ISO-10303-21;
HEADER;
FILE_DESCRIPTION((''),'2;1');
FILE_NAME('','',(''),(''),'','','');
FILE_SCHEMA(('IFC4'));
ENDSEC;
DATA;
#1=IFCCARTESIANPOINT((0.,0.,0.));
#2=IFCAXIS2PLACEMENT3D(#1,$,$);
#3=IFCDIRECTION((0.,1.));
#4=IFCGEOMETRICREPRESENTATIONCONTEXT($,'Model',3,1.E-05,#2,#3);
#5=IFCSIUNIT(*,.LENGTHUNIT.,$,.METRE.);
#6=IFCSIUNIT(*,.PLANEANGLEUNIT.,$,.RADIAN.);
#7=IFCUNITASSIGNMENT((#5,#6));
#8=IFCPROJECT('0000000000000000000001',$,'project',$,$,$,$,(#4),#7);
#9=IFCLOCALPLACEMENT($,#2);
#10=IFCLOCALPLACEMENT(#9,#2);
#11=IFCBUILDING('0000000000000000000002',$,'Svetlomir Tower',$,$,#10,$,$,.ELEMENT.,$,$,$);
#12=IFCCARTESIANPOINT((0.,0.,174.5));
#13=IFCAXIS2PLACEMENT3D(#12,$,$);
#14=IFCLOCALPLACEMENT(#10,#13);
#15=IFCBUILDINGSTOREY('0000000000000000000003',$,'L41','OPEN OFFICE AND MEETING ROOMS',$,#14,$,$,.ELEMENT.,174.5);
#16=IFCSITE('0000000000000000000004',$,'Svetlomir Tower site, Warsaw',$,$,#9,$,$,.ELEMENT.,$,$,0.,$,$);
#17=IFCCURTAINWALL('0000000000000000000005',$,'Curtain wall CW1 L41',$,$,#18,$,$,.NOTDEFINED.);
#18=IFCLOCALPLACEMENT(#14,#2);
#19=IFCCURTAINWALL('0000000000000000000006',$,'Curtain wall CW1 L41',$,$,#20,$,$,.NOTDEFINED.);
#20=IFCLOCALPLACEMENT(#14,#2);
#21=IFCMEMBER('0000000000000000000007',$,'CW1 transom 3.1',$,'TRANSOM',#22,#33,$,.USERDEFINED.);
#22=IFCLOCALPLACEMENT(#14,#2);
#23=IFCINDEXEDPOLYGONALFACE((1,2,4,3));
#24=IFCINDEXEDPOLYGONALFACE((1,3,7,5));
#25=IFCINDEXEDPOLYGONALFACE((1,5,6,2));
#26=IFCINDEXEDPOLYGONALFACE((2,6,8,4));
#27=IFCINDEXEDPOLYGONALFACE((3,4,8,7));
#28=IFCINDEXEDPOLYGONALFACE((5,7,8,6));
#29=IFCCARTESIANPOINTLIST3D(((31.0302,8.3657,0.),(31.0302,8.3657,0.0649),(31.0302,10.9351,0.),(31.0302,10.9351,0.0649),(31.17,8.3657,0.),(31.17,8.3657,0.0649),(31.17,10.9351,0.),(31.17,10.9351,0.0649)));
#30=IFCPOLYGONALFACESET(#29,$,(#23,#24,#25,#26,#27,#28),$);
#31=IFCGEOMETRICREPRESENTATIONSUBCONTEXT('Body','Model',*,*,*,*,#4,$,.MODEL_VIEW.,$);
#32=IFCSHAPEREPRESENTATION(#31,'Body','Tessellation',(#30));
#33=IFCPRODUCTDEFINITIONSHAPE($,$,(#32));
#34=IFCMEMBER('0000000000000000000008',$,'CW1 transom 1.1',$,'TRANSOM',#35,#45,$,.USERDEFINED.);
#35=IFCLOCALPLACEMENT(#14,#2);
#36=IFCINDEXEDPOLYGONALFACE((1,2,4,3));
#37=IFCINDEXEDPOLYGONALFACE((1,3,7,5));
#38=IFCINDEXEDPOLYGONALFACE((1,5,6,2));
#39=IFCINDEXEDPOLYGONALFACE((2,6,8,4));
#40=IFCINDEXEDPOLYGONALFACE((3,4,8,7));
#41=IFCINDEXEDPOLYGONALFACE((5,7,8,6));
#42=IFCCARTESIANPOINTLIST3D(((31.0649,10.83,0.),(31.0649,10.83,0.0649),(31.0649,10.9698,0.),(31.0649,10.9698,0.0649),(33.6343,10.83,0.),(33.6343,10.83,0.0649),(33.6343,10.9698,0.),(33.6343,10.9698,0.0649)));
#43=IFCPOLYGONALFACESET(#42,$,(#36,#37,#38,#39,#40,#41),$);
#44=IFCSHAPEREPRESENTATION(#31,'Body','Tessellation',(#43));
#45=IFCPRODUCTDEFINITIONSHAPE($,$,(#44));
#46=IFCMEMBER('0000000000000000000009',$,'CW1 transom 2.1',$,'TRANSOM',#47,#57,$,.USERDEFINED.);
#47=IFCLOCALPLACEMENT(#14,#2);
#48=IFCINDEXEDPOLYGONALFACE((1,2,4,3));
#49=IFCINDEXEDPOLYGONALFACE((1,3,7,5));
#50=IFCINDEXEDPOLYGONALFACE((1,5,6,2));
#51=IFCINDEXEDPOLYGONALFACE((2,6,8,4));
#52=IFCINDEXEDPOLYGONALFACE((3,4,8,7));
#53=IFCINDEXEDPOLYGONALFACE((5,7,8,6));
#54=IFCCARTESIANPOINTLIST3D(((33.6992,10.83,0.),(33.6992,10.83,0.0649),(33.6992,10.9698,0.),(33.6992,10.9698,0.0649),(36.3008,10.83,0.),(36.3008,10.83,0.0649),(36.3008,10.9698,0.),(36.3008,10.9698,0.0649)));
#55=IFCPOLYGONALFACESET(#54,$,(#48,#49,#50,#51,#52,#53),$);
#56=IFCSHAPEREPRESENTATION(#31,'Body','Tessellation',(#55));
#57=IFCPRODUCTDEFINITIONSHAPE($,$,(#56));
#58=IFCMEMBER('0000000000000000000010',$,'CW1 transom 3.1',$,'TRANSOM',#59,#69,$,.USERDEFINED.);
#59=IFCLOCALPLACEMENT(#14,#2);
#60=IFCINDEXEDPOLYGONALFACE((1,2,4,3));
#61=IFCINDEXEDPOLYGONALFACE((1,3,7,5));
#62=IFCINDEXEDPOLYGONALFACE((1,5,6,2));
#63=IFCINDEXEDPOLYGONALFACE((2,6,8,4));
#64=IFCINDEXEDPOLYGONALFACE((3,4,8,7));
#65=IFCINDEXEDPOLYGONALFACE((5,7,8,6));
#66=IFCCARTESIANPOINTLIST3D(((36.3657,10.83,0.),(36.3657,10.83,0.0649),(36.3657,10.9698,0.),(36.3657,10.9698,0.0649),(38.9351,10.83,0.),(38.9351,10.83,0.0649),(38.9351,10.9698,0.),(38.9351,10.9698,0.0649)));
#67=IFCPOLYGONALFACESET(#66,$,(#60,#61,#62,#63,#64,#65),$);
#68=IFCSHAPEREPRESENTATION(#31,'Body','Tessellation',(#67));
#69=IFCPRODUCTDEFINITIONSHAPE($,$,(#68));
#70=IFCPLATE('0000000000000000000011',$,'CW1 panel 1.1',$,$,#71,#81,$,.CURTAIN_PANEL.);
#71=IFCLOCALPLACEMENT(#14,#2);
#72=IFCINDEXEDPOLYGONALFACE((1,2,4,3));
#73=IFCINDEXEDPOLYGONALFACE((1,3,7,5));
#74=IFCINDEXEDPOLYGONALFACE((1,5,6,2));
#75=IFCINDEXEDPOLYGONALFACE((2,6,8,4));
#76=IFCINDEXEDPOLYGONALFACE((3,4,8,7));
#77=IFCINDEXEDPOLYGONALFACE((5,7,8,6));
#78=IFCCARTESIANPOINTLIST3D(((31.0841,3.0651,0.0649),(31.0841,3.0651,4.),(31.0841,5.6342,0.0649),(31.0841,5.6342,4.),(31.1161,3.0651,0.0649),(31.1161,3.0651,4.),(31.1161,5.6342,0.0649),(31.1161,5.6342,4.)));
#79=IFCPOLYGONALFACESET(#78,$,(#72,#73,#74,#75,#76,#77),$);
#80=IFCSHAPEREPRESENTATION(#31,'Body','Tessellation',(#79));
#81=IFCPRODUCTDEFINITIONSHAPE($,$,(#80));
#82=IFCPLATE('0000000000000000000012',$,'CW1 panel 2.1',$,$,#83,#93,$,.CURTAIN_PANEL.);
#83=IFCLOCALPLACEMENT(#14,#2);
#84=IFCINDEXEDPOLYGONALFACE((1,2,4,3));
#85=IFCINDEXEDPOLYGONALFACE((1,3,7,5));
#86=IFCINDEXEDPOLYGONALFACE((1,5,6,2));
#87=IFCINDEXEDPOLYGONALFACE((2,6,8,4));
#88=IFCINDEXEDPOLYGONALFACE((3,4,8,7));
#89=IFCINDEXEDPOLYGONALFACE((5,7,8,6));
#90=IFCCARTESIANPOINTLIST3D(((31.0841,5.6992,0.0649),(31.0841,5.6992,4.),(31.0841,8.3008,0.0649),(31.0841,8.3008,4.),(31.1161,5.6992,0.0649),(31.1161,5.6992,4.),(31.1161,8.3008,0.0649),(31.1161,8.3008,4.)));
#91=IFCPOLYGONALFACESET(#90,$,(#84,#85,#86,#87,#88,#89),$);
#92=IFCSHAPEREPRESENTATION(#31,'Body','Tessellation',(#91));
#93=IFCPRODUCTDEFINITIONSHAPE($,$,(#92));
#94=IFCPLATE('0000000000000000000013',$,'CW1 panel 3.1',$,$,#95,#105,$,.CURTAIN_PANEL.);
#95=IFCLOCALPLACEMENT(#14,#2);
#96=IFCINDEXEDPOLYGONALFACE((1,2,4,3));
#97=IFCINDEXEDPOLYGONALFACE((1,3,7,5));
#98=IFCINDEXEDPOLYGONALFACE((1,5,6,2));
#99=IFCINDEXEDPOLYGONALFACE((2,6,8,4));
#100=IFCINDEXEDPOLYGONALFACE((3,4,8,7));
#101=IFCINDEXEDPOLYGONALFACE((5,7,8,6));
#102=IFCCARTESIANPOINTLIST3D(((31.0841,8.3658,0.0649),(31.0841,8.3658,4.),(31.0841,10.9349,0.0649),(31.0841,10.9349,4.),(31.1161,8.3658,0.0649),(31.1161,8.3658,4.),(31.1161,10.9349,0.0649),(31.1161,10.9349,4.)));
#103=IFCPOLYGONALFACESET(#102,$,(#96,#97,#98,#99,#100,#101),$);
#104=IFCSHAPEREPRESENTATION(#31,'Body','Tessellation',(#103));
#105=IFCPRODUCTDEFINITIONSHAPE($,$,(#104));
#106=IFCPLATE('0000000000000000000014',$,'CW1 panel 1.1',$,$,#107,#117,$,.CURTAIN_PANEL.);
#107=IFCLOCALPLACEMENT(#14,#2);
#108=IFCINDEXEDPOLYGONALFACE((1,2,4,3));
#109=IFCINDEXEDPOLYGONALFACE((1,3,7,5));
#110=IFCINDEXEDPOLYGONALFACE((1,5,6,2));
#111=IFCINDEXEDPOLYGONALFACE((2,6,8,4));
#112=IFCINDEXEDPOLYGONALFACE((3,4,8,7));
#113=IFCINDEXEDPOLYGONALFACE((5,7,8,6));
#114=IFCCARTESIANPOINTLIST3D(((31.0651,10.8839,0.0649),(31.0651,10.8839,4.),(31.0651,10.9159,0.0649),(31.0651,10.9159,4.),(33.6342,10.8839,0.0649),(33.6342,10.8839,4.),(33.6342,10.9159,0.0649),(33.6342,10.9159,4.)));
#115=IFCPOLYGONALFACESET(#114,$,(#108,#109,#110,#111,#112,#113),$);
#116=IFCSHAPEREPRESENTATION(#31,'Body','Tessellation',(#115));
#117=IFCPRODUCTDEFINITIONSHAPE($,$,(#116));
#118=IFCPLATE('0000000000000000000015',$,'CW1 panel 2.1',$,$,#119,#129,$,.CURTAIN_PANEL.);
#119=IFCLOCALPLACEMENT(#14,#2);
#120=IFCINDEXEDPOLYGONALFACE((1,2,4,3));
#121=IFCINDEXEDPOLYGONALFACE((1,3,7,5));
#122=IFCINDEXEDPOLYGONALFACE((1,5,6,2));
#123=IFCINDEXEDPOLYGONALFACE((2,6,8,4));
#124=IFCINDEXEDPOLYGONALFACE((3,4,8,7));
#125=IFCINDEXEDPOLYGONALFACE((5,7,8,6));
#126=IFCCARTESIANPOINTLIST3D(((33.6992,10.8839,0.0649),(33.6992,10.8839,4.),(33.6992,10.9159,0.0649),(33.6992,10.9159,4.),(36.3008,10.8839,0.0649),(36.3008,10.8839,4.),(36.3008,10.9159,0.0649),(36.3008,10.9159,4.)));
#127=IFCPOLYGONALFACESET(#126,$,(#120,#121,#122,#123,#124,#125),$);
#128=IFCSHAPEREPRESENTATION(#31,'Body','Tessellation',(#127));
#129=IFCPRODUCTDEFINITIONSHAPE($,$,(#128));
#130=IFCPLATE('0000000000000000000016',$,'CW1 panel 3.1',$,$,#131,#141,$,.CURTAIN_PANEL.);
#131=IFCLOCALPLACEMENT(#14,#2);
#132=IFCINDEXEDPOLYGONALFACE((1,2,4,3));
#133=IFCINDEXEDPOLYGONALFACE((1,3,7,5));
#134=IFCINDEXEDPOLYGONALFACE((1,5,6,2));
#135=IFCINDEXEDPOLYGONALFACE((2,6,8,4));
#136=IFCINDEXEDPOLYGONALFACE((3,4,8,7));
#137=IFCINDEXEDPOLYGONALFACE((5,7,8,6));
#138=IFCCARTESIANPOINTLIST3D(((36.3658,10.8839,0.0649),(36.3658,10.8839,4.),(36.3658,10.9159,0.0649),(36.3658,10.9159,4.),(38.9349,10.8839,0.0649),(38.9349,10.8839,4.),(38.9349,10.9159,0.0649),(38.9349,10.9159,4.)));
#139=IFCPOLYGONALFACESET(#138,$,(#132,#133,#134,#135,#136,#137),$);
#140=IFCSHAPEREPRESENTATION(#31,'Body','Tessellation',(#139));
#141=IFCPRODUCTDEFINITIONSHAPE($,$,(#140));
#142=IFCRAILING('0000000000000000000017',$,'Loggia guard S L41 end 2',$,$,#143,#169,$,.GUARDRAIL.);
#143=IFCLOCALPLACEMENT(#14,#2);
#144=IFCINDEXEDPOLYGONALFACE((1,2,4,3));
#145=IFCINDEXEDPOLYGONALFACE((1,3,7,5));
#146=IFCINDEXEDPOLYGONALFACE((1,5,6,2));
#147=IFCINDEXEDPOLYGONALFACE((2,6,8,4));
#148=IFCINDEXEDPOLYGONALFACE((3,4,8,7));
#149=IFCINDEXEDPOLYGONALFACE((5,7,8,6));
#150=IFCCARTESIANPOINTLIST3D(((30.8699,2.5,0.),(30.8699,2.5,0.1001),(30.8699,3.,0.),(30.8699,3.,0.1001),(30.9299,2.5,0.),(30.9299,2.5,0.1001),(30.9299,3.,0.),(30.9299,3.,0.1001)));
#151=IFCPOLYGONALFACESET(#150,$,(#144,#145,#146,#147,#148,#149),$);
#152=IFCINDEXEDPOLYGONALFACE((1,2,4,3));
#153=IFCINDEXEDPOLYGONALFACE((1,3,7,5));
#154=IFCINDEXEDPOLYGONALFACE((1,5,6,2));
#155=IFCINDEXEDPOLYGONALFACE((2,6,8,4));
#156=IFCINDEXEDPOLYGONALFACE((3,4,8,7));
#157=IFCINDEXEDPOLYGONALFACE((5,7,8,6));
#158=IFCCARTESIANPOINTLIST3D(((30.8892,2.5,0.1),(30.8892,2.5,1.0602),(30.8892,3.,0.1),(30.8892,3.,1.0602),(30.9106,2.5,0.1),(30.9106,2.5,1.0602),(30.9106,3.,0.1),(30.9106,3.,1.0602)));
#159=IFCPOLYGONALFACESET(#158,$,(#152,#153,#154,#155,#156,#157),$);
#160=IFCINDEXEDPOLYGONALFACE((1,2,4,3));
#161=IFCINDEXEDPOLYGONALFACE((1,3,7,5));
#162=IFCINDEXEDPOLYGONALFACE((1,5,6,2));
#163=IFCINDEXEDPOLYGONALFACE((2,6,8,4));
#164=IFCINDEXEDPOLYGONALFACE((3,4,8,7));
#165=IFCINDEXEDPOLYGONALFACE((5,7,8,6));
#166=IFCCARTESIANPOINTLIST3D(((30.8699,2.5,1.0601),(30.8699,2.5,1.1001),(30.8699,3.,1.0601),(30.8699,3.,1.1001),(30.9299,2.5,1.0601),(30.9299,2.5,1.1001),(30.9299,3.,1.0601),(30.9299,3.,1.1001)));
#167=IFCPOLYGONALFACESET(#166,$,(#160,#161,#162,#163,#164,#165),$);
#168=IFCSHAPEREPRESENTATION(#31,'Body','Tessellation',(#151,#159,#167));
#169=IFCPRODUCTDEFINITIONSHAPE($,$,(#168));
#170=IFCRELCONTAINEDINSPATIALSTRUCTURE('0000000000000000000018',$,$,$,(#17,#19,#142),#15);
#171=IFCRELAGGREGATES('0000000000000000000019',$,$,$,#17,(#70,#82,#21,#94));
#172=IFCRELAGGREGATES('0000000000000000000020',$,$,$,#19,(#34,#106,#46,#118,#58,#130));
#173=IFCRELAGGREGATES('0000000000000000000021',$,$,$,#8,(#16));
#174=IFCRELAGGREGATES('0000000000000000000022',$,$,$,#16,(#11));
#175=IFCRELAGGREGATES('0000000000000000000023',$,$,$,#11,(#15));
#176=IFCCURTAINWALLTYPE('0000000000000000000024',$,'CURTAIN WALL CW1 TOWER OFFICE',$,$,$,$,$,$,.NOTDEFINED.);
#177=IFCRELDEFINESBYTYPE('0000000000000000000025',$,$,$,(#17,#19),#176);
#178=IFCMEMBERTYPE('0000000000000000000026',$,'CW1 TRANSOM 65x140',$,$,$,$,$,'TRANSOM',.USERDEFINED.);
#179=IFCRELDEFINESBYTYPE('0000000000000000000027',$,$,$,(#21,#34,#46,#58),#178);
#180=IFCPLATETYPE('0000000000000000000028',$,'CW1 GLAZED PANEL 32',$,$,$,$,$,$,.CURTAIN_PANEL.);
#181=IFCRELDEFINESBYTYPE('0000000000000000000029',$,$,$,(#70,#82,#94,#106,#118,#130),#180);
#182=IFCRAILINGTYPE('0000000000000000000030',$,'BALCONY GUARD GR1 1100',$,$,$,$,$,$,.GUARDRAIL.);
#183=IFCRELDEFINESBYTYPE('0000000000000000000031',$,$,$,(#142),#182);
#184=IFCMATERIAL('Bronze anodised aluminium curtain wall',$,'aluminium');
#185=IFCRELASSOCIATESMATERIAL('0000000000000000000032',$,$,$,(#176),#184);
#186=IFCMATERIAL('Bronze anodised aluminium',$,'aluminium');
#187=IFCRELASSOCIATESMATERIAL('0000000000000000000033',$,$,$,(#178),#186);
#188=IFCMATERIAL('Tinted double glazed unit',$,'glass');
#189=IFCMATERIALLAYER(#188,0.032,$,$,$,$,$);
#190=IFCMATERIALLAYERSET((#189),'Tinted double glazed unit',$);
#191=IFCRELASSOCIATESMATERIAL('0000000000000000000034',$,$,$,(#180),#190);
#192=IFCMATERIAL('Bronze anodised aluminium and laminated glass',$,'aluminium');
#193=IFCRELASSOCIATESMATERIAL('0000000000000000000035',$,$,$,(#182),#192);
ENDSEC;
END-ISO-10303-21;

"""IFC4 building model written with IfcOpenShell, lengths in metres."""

from ifc_helpers import new_model, si_unit, direction, frame, origin, origin_2d, place, context, subcontext, project, spatial, rectangle, extrude, material, layer, layer_set, material_profile, profile_set, type_object, element, aggregate, save


model = new_model("IFC4")

# Units and contexts
model_context = context("Model", 3, precision=1e-05, world=origin(), true_north=direction((0.0, 1.0)))
body_context = subcontext(model_context, "Body", "Model", "MODEL_VIEW")
ifc_project = project(units=[si_unit("LENGTHUNIT", "METRE"), si_unit("PLANEANGLEUNIT", "RADIAN")], contexts=[model_context])

# Site, building, storey
site_placement = place(None, origin())
site = spatial("IfcSite", under=ifc_project, at=site_placement, Name="Svetlomir Tower site, Warsaw", CompositionType="ELEMENT", RefElevation=0.0)
building_placement = place(site_placement, origin())
building = spatial("IfcBuilding", under=site, at=building_placement, Name="Svetlomir Tower", CompositionType="ELEMENT")
storey_placement = place(building_placement, frame((0.0, 0.0, 174.5)))
storey = spatial("IfcBuildingStorey", under=building, at=storey_placement, Name="L41", Description="OPEN OFFICE AND MEETING ROOMS", CompositionType="ELEMENT", Elevation=174.5)

# Curtain walls
ifc_material_1 = material(Name="Bronze anodised aluminium curtain wall", Category="aluminium")
curtain_wall_type = type_object("IfcCurtainWallType", Name="CURTAIN WALL CW1 TOWER OFFICE", PredefinedType="NOTDEFINED", material=ifc_material_1)
curtain_wall_1_placement = place(storey_placement, origin())
curtain_wall_1 = element("IfcCurtainWall", 1, at=curtain_wall_1_placement, inside=storey, type_object=curtain_wall_type, Name="Curtain wall CW1 L41", PredefinedType="NOTDEFINED")
curtain_wall_2_placement = place(storey_placement, origin())
curtain_wall_2 = element("IfcCurtainWall", 2, at=curtain_wall_2_placement, inside=storey, type_object=curtain_wall_type, Name="Curtain wall CW1 L41", PredefinedType="NOTDEFINED")

# Members
ifc_material_2 = material(Name="Bronze anodised aluminium", Category="aluminium")
ifc_material_profile_1 = material_profile(ifc_material_2, rectangle(XDim=0.1399, YDim=0.0649, at=origin_2d()), Name="AL 140x65")
ifc_profile_set_1 = profile_set([ifc_material_profile_1], Name="Bronze anodised aluminium 6063-T6")
member_type_1 = type_object("IfcMemberType", Name="CW1 TRANSOM 65x140", ElementType="TRANSOM", PredefinedType="USERDEFINED", material=ifc_profile_set_1)
member_1_placement = place(storey_placement, frame((31.1001, 8.3657, 0.0325), z_axis=(0.0, 1.0, 0.0), x_axis=(-1.0, 0.0, 0.0)))
member_1 = element("IfcMember", 3, at=member_1_placement, type_object=member_type_1, Name="CW1 transom 3.1", ObjectType="TRANSOM", PredefinedType="USERDEFINED", context=body_context, shape_type="SweptSolid", body=[
    extrude(rectangle(XDim=0.1399, YDim=0.0649, at=origin_2d()), origin(), (0.0, 0.0, 1.0), 2.5693),
])
member_2_placement = place(storey_placement, frame((31.0649, 10.8999, 0.0325), z_axis=(1.0, 0.0, 0.0), x_axis=(0.0, 1.0, 0.0)))
member_2 = element("IfcMember", 4, at=member_2_placement, type_object=member_type_1, Name="CW1 transom 1.1", ObjectType="TRANSOM", PredefinedType="USERDEFINED", context=body_context, shape_type="SweptSolid", body=[
    extrude(rectangle(XDim=0.1399, YDim=0.0649, at=origin_2d()), origin(), (0.0, 0.0, 1.0), 2.5693),
])
member_3_placement = place(storey_placement, frame((33.6992, 10.8999, 0.0325), z_axis=(1.0, 0.0, 0.0), x_axis=(0.0, 1.0, 0.0)))
member_3 = element("IfcMember", 5, at=member_3_placement, type_object=member_type_1, Name="CW1 transom 2.1", ObjectType="TRANSOM", PredefinedType="USERDEFINED", context=body_context, shape_type="SweptSolid", body=[
    extrude(rectangle(XDim=0.1399, YDim=0.0649, at=origin_2d()), origin(), (0.0, 0.0, 1.0), 2.6016),
])
member_4_placement = place(storey_placement, frame((36.3657, 10.8999, 0.0325), z_axis=(1.0, 0.0, 0.0), x_axis=(0.0, 1.0, 0.0)))
member_4 = element("IfcMember", 6, at=member_4_placement, type_object=member_type_1, Name="CW1 transom 3.1", ObjectType="TRANSOM", PredefinedType="USERDEFINED", context=body_context, shape_type="SweptSolid", body=[
    extrude(rectangle(XDim=0.1399, YDim=0.0649, at=origin_2d()), origin(), (0.0, 0.0, 1.0), 2.5693),
])

# Plates
ifc_material_3 = material(Name="Tinted double glazed unit", Category="glass")
ifc_layer = layer(ifc_material_3, 0.032)
ifc_layer_set = layer_set([ifc_layer], Name="Tinted double glazed unit")
plate_type = type_object("IfcPlateType", Name="CW1 GLAZED PANEL 32", PredefinedType="CURTAIN_PANEL", material=ifc_layer_set)
plate_1_placement = place(storey_placement, frame((31.1001, 4.3496, 0.0649), z_axis=(0.0, 0.0, 1.0), x_axis=(0.0, 1.0, 0.0)))
plate_1 = element("IfcPlate", 7, at=plate_1_placement, type_object=plate_type, Name="CW1 panel 1.1", PredefinedType="CURTAIN_PANEL", context=body_context, shape_type="SweptSolid", body=[
    extrude(rectangle(XDim=2.5691, YDim=0.032, at=origin_2d()), origin(), (0.0, 0.0, 1.0), 3.9351),
])
plate_2_placement = place(storey_placement, frame((31.1001, 7.0, 0.0649), z_axis=(0.0, 0.0, 1.0), x_axis=(0.0, 1.0, 0.0)))
plate_2 = element("IfcPlate", 8, at=plate_2_placement, type_object=plate_type, Name="CW1 panel 2.1", PredefinedType="CURTAIN_PANEL", context=body_context, shape_type="SweptSolid", body=[
    extrude(rectangle(XDim=2.6016, YDim=0.032, at=origin_2d()), origin(), (0.0, 0.0, 1.0), 3.9351),
])
plate_3_placement = place(storey_placement, frame((31.1001, 9.6504, 0.0649), z_axis=(0.0, 0.0, 1.0), x_axis=(0.0, 1.0, 0.0)))
plate_3 = element("IfcPlate", 9, at=plate_3_placement, type_object=plate_type, Name="CW1 panel 3.1", PredefinedType="CURTAIN_PANEL", context=body_context, shape_type="SweptSolid", body=[
    extrude(rectangle(XDim=2.5691, YDim=0.032, at=origin_2d()), origin(), (0.0, 0.0, 1.0), 3.9351),
])
aggregate(curtain_wall_1, [plate_1, plate_2, member_1, plate_3])
plate_4_placement = place(storey_placement, frame((32.3496, 10.8999, 0.0649), z_axis=(0.0, 0.0, 1.0), x_axis=(1.0, 0.0, 0.0)))
plate_4 = element("IfcPlate", 10, at=plate_4_placement, type_object=plate_type, Name="CW1 panel 1.1", PredefinedType="CURTAIN_PANEL", context=body_context, shape_type="SweptSolid", body=[
    extrude(rectangle(XDim=2.5691, YDim=0.032, at=origin_2d()), origin(), (0.0, 0.0, 1.0), 3.9351),
])
plate_5_placement = place(storey_placement, frame((35.0, 10.8999, 0.0649), z_axis=(0.0, 0.0, 1.0), x_axis=(1.0, 0.0, 0.0)))
plate_5 = element("IfcPlate", 11, at=plate_5_placement, type_object=plate_type, Name="CW1 panel 2.1", PredefinedType="CURTAIN_PANEL", context=body_context, shape_type="SweptSolid", body=[
    extrude(rectangle(XDim=2.6016, YDim=0.032, at=origin_2d()), origin(), (0.0, 0.0, 1.0), 3.9351),
])
plate_6_placement = place(storey_placement, frame((37.6504, 10.8999, 0.0649), z_axis=(0.0, 0.0, 1.0), x_axis=(1.0, 0.0, 0.0)))
plate_6 = element("IfcPlate", 12, at=plate_6_placement, type_object=plate_type, Name="CW1 panel 3.1", PredefinedType="CURTAIN_PANEL", context=body_context, shape_type="SweptSolid", body=[
    extrude(rectangle(XDim=2.5691, YDim=0.032, at=origin_2d()), origin(), (0.0, 0.0, 1.0), 3.9351),
])
aggregate(curtain_wall_2, [member_2, plate_4, member_3, plate_5, member_4, plate_6])

# Railing
ifc_material_4 = material(Name="Bronze anodised aluminium and laminated glass", Category="aluminium")
railing_type = type_object("IfcRailingType", Name="BALCONY GUARD GR1 1100", PredefinedType="GUARDRAIL", material=ifc_material_4)
railing_placement = place(storey_placement, frame((30.8999, 2.5, 0.0)))
element("IfcRailing", 13, at=railing_placement, inside=storey, type_object=railing_type, Name="Loggia guard S L41 end 2", PredefinedType="GUARDRAIL", context=body_context, shape_type="SweptSolid", body=[
    extrude(rectangle(XDim=0.0601, YDim=0.1001, at=origin_2d()), frame((0.0, 0.0, 0.05), z_axis=(0.0, 1.0, 0.0), x_axis=(-1.0, 0.0, 0.0)), (0.0, 0.0, 1.0), 0.5),
    extrude(rectangle(XDim=0.0215, YDim=0.9602, at=origin_2d()), frame((0.0, 0.0, 0.5801), z_axis=(0.0, 1.0, 0.0), x_axis=(-1.0, 0.0, 0.0)), (0.0, 0.0, 1.0), 0.5),
    extrude(rectangle(XDim=0.0601, YDim=0.04, at=origin_2d()), frame((0.0, 0.0, 1.0801), z_axis=(0.0, 1.0, 0.0), x_axis=(-1.0, 0.0, 0.0)), (0.0, 0.0, 1.0), 0.5),
])

save(model, "model.ifc")
